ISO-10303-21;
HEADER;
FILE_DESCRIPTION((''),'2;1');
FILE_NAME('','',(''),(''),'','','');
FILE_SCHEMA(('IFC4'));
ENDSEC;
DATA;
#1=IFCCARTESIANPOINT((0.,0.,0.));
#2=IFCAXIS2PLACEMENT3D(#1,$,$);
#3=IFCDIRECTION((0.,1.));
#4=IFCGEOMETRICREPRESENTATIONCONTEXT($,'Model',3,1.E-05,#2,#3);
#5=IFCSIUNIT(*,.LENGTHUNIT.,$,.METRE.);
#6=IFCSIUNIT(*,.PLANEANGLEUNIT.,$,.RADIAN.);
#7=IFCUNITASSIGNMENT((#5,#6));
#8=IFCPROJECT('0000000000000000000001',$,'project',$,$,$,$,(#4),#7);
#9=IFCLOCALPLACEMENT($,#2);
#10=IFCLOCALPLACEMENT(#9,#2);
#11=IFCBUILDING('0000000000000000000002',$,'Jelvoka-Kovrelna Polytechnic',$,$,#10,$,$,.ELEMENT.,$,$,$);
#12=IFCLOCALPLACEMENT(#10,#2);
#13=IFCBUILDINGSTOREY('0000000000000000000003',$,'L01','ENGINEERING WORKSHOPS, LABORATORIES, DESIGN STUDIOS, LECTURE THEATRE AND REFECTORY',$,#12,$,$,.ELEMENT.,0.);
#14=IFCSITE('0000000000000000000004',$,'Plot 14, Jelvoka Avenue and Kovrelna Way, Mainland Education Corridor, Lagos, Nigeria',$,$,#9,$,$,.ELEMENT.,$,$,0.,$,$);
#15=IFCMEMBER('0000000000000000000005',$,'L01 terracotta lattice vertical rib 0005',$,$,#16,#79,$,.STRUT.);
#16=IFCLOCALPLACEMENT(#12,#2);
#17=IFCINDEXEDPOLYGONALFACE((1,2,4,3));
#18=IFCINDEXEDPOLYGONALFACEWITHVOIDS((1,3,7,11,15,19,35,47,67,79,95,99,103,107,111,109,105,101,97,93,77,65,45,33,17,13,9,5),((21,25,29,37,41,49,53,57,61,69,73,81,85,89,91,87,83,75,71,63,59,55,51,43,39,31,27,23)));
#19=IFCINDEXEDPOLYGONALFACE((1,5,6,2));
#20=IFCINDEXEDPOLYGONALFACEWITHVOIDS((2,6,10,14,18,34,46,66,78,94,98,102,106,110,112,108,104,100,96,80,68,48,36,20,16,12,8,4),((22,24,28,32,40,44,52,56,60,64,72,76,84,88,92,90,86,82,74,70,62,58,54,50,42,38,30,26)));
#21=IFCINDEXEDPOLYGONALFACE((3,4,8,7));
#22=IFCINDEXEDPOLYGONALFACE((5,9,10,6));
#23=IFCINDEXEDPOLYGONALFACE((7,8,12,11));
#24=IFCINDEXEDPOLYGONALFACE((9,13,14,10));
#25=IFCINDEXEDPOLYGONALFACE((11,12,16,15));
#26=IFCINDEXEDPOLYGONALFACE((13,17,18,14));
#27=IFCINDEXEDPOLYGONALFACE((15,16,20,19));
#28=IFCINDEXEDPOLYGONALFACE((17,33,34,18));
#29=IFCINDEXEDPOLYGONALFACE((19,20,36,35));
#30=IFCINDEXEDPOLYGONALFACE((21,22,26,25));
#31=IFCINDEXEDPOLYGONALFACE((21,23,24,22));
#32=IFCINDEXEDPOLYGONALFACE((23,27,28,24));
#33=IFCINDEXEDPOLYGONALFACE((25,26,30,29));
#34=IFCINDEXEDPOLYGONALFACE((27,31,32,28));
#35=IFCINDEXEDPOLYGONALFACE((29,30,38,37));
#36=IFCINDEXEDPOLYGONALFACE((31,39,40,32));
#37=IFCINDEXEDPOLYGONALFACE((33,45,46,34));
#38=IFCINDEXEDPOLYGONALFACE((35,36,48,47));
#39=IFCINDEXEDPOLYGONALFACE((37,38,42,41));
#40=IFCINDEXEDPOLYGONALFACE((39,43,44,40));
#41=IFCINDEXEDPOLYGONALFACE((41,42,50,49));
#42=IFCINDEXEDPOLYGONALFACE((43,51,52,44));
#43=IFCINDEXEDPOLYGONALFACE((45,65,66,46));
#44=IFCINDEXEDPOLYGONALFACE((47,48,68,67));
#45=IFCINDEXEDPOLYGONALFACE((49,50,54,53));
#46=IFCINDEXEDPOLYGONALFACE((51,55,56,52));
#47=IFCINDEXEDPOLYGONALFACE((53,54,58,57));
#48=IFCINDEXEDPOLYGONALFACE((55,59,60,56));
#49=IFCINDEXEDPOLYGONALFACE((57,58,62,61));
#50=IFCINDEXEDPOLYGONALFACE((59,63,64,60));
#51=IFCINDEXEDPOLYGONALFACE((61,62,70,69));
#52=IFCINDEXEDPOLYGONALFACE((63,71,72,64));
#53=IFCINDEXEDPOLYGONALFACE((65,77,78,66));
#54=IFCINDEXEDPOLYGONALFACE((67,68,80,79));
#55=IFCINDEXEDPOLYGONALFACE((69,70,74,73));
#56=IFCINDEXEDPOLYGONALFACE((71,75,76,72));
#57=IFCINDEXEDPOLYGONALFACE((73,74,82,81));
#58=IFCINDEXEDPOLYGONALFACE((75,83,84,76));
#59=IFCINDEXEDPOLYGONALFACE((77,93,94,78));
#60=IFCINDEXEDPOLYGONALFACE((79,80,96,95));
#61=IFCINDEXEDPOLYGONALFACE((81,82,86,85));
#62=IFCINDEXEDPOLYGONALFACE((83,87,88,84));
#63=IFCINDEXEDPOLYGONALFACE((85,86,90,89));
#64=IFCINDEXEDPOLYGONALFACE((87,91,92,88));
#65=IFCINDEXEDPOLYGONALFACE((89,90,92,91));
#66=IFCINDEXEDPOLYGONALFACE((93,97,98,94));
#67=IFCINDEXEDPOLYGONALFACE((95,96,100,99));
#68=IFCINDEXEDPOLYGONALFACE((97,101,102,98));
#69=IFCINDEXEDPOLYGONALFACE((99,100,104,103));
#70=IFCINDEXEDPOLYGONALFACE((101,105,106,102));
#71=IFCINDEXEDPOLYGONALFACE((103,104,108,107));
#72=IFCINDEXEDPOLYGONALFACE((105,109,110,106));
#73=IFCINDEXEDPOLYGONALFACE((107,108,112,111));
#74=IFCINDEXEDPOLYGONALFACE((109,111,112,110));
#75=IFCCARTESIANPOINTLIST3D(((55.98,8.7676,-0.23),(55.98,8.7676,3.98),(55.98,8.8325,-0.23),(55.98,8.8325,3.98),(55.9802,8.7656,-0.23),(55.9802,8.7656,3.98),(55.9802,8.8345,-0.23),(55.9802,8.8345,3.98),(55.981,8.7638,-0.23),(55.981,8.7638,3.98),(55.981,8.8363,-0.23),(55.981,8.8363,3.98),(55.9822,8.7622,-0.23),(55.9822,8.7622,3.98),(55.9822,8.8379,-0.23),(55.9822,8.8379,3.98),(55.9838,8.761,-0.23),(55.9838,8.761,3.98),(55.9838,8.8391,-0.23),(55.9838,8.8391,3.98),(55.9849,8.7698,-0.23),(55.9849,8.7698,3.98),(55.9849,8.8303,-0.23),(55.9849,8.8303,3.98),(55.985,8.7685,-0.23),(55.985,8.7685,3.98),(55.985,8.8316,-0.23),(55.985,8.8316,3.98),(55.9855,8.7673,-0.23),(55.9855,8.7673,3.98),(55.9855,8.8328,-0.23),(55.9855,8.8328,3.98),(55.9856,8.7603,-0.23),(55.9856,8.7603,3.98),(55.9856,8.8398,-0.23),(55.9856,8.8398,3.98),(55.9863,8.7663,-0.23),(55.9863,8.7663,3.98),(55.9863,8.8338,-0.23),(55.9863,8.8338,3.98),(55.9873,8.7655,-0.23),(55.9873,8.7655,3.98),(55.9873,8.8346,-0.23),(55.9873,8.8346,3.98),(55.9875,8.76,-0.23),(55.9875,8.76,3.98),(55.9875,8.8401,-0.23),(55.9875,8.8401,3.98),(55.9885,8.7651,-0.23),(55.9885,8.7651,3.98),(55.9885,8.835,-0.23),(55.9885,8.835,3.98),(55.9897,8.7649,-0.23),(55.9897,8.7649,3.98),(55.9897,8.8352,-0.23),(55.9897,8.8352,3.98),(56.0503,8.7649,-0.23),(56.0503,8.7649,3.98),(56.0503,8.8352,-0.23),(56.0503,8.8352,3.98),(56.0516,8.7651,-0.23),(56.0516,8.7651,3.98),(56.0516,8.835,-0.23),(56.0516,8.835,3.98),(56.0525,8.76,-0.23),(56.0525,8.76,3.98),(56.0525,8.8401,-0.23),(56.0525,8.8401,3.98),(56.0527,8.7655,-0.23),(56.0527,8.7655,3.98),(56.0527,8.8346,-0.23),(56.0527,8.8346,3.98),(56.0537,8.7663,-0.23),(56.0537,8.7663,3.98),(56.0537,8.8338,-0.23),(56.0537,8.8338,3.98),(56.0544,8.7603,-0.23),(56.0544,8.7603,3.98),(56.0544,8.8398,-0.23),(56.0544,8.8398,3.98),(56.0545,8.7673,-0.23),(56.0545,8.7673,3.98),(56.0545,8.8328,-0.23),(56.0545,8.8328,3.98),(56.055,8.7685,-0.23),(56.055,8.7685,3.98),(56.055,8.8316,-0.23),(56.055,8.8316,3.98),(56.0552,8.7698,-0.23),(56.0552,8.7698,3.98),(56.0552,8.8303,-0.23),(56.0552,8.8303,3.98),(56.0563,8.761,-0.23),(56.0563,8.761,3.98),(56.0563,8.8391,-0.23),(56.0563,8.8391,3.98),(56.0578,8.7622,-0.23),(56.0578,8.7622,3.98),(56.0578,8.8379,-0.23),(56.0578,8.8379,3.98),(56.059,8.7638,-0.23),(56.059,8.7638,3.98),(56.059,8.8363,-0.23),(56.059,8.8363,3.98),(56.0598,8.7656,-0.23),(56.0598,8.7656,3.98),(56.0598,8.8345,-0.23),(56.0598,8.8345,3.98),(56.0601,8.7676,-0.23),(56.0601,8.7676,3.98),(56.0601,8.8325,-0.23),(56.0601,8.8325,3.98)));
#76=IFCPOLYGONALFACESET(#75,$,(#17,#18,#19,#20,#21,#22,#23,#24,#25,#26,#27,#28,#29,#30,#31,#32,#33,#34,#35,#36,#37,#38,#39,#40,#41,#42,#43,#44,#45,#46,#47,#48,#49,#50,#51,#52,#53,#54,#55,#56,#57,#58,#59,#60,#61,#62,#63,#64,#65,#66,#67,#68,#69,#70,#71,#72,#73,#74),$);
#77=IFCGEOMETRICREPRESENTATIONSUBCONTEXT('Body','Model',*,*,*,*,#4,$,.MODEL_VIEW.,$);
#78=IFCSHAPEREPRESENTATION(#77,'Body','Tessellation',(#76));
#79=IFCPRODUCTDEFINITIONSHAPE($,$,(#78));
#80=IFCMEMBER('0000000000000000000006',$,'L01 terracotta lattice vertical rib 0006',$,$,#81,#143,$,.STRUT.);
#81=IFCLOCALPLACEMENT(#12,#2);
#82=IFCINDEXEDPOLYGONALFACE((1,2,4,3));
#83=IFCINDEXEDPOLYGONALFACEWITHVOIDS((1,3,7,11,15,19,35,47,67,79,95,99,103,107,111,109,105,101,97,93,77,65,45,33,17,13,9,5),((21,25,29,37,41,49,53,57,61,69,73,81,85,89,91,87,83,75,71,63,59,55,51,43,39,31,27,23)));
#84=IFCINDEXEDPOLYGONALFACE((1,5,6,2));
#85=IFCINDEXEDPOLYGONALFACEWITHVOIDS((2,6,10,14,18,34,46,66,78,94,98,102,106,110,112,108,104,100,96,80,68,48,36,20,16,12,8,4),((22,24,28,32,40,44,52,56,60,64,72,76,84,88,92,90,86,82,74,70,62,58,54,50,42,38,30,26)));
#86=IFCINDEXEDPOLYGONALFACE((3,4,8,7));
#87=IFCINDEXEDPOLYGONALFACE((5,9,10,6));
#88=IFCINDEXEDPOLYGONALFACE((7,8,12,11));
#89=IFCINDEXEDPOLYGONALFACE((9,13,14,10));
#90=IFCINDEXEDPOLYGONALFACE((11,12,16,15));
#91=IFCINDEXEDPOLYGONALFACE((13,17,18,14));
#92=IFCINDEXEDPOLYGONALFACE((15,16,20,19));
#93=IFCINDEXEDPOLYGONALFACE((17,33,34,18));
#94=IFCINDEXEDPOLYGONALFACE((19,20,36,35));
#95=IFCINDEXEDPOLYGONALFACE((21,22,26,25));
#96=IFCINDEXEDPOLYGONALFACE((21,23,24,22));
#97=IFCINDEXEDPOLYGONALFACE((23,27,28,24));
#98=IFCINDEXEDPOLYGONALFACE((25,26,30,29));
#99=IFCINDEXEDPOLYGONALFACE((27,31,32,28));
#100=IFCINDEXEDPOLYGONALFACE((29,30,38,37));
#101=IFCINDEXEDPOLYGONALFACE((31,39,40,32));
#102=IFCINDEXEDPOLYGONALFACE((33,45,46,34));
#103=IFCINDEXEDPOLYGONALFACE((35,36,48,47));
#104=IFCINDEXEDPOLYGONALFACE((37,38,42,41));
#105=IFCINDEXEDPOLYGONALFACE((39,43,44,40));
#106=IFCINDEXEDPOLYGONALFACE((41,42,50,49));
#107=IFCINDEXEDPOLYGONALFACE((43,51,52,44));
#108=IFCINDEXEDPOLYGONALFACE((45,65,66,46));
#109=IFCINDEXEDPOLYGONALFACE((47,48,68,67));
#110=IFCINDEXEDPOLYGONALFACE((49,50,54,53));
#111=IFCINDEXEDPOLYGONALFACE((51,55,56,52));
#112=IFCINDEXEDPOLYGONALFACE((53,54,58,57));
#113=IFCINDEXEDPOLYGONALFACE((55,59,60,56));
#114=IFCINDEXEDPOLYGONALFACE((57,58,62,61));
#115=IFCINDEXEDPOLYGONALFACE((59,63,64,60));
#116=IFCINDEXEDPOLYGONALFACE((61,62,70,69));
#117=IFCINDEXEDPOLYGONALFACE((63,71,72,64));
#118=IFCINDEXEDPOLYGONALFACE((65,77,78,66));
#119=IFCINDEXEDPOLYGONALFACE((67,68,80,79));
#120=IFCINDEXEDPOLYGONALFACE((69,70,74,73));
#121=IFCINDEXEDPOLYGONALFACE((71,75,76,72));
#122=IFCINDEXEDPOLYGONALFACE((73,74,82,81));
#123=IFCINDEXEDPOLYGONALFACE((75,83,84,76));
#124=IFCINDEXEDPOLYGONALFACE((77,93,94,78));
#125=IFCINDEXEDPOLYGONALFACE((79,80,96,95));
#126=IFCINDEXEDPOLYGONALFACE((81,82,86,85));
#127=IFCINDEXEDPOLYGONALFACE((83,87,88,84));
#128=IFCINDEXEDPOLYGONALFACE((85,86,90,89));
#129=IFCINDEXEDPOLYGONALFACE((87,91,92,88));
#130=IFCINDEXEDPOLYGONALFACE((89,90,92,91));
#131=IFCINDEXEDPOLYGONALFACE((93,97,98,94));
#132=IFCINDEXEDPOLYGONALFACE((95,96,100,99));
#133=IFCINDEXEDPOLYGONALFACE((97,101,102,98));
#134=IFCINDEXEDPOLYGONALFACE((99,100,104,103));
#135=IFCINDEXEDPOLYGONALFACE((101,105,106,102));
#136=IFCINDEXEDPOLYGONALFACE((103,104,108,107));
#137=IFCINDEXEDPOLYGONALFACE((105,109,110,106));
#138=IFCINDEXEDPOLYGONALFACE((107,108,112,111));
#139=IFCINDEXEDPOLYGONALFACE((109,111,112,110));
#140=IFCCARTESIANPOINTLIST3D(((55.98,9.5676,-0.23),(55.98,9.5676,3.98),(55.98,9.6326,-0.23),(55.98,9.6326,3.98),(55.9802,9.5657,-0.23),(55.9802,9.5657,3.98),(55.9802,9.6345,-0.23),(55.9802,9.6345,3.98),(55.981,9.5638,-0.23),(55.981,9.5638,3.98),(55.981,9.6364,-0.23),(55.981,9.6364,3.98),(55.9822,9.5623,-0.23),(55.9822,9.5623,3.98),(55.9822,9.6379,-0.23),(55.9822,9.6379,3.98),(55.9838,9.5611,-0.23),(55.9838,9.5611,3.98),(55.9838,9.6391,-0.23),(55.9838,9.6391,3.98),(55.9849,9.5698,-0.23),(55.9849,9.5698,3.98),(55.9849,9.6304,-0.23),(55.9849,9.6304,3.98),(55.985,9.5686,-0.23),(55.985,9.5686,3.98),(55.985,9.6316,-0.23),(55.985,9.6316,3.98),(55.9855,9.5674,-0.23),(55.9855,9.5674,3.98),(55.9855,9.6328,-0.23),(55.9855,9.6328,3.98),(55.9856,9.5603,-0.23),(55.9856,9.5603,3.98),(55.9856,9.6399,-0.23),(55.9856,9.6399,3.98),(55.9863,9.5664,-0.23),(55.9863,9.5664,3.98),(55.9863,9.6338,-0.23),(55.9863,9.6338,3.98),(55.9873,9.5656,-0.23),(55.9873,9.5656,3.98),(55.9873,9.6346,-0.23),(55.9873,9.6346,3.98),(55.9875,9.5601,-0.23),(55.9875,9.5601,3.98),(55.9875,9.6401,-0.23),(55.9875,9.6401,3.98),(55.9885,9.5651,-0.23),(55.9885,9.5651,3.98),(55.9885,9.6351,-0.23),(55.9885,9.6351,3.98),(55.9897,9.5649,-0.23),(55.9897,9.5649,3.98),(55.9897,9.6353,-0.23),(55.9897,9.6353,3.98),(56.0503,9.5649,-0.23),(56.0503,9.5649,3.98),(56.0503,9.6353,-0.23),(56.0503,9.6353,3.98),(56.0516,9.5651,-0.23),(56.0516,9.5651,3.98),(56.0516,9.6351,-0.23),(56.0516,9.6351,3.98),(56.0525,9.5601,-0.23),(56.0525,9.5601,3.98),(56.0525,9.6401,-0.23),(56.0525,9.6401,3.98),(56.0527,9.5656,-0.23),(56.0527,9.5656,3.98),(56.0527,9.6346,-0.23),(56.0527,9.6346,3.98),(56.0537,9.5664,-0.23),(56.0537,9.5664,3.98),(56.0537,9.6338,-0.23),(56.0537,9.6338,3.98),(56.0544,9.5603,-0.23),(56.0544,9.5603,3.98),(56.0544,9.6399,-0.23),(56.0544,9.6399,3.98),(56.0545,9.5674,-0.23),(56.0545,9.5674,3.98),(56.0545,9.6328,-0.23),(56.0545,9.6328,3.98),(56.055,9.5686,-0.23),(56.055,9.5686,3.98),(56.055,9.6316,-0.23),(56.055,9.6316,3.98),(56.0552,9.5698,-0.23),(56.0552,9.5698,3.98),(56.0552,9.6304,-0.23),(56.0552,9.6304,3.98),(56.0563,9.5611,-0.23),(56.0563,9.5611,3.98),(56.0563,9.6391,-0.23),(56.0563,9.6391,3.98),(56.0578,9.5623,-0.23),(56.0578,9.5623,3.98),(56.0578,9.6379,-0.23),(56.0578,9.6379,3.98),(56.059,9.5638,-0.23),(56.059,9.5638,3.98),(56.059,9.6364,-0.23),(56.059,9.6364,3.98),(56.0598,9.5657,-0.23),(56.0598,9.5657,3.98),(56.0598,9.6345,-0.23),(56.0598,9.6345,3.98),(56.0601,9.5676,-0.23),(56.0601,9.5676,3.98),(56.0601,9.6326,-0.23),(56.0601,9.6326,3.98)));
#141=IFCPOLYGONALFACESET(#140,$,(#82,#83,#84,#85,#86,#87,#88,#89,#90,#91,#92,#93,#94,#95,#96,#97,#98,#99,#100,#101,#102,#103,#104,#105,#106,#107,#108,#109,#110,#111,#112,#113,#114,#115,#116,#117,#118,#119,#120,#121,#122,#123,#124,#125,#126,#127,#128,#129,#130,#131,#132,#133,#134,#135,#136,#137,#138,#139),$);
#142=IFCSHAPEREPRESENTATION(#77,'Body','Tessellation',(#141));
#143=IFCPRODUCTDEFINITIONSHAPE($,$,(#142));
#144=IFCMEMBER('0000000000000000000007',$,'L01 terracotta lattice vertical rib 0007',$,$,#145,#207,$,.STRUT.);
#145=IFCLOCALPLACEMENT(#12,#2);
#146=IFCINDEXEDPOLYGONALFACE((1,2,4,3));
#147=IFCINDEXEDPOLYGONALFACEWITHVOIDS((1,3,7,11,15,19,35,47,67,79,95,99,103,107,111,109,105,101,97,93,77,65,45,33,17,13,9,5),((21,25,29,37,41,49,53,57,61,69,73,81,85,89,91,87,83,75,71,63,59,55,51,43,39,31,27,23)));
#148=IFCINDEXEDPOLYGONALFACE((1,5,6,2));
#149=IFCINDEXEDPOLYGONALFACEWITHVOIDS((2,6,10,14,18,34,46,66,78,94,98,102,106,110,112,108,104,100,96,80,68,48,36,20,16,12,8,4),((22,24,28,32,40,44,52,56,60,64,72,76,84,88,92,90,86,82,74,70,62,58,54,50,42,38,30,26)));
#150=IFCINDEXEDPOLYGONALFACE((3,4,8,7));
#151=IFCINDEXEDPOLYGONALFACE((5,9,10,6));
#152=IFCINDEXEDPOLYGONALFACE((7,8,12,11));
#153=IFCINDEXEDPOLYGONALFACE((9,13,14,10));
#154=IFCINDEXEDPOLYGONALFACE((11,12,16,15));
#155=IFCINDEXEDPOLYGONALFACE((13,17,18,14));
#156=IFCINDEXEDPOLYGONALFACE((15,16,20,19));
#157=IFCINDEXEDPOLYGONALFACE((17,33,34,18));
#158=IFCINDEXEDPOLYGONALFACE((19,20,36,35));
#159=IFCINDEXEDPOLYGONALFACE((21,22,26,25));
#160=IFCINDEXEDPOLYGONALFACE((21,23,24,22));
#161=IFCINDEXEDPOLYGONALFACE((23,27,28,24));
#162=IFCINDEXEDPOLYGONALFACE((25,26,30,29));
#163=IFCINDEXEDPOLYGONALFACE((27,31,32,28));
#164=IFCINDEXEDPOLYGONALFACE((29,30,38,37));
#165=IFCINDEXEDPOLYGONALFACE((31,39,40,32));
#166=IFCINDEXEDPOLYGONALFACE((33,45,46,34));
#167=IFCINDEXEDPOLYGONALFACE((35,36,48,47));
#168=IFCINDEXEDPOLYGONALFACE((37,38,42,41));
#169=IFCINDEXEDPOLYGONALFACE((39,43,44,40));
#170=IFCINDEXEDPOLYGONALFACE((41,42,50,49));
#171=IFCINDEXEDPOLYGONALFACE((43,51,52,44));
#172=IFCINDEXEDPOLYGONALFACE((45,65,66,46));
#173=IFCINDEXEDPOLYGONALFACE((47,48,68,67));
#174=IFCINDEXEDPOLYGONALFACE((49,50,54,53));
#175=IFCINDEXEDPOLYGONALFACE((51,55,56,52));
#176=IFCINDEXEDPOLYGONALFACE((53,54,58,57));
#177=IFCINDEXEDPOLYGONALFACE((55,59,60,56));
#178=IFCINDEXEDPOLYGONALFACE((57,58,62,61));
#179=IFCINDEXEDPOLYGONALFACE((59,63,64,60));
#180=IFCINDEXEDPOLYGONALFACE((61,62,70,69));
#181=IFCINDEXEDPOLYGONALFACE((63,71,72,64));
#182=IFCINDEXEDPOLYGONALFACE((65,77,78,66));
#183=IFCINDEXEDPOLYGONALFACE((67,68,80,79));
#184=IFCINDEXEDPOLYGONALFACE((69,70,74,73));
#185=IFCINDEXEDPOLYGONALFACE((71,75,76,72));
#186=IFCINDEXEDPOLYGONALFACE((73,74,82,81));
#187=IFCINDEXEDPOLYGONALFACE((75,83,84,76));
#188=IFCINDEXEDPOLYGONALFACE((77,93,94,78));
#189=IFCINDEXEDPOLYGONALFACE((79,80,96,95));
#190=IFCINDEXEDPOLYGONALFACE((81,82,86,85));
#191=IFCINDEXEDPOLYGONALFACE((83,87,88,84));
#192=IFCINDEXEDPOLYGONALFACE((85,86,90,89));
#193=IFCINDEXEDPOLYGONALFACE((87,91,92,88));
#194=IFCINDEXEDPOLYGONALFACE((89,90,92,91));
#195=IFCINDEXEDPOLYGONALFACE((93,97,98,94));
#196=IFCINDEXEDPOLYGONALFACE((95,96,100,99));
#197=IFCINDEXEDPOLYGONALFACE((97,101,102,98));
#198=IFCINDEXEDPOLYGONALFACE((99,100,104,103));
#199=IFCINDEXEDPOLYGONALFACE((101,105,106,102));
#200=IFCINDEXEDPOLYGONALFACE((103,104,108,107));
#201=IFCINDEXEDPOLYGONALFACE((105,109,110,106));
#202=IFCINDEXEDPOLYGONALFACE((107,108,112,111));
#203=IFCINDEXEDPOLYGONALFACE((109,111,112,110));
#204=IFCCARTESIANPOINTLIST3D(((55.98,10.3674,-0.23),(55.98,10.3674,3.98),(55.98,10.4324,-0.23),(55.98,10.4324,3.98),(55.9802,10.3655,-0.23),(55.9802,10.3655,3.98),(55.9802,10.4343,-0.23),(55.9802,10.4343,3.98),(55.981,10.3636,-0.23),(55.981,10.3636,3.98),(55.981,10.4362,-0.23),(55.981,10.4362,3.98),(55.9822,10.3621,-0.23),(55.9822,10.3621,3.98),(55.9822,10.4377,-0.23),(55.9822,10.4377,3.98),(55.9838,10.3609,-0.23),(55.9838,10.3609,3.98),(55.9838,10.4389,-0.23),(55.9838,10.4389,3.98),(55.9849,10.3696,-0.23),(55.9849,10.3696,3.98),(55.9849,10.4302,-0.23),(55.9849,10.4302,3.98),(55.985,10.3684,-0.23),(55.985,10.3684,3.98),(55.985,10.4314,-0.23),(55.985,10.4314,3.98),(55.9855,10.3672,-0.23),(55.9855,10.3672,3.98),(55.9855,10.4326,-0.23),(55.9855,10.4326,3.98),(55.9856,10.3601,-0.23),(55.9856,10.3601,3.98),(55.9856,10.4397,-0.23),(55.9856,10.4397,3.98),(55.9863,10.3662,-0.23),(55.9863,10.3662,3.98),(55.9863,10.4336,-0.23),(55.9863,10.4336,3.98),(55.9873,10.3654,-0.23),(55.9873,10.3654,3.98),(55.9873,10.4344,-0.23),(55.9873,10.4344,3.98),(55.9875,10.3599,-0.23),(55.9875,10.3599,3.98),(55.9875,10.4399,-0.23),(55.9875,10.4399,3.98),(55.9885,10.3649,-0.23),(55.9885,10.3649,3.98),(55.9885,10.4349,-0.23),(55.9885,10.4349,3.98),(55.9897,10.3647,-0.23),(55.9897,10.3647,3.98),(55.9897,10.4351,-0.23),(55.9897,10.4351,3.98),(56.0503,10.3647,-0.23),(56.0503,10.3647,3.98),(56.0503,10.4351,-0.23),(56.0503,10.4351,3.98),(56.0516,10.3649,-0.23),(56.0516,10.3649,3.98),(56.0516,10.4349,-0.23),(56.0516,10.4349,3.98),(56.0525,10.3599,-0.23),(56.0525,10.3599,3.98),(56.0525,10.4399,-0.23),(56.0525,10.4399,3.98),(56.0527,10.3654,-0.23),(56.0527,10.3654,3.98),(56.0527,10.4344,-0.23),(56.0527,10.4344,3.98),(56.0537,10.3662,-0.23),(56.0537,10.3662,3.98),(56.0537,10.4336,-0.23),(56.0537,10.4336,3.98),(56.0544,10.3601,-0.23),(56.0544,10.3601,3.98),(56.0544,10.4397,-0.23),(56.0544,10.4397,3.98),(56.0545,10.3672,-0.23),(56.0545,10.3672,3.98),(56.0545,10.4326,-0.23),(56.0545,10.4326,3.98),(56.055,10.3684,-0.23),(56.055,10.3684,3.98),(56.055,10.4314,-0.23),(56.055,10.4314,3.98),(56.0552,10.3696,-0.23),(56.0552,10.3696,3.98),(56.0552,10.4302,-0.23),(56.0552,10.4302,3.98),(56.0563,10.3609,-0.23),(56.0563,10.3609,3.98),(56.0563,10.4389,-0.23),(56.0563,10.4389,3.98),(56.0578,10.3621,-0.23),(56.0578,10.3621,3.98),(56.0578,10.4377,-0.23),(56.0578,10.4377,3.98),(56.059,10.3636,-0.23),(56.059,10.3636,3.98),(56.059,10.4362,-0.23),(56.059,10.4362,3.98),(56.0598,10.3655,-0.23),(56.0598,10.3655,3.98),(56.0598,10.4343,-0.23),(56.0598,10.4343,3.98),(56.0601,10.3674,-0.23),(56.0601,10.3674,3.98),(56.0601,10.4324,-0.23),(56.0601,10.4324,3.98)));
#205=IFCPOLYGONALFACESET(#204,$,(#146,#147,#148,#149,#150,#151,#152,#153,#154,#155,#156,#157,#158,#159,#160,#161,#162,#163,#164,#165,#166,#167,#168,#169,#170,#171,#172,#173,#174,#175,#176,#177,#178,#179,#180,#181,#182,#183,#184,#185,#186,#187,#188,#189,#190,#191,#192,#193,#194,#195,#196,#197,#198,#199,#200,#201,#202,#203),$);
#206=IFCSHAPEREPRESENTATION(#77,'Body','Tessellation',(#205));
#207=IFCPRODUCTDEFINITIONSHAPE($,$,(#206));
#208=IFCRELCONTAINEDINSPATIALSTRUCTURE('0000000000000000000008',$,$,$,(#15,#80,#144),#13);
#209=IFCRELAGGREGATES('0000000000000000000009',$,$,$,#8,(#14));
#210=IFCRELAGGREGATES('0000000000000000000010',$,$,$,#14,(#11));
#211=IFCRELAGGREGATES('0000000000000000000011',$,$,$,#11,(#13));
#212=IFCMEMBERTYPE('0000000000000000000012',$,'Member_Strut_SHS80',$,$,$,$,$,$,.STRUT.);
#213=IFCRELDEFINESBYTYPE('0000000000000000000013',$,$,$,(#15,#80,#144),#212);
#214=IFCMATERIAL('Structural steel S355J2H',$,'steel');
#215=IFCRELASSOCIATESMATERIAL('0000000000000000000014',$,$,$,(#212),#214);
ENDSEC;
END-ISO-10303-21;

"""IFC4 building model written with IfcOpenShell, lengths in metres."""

from ifc_helpers import new_model, si_unit, direction, frame, origin, origin_2d, place, context, subcontext, project, spatial, hollow_rectangle, extrude, material, material_profile, profile_set, type_object, element, save


model = new_model("IFC4")

# Units and contexts
model_context = context("Model", 3, precision=1e-05, world=origin(), true_north=direction((0.0, 1.0)))
body_context = subcontext(model_context, "Body", "Model", "MODEL_VIEW")
ifc_project = project(units=[si_unit("LENGTHUNIT", "METRE"), si_unit("PLANEANGLEUNIT", "RADIAN")], contexts=[model_context])

# Site, building, storey
site_placement = place(None, origin())
site = spatial("IfcSite", under=ifc_project, at=site_placement, Name="Plot 14, Jelvoka Avenue and Kovrelna Way, Mainland Education Corridor, Lagos, Nigeria", CompositionType="ELEMENT", RefElevation=0.0)
building_placement = place(site_placement, origin())
building = spatial("IfcBuilding", under=site, at=building_placement, Name="Jelvoka-Kovrelna Polytechnic", CompositionType="ELEMENT")
storey_placement = place(building_placement, origin())
storey = spatial("IfcBuildingStorey", under=building, at=storey_placement, Name="L01", Description="ENGINEERING WORKSHOPS, LABORATORIES, DESIGN STUDIOS, LECTURE THEATRE AND REFECTORY", CompositionType="ELEMENT", Elevation=0.0)

# Members
ifc_material_1 = material(Name="Structural steel S355J2H", Category="steel")
ifc_material_profile_1 = material_profile(ifc_material_1, hollow_rectangle(XDim=0.0801, YDim=0.0801, WallThickness=0.0049, InnerFilletRadius=0.0049, OuterFilletRadius=0.0076, at=origin_2d()), Name="80x80x5.0 SHS")
ifc_profile_set_1 = profile_set([ifc_material_profile_1], Name="Structural steel S355J2H")
member_type_1 = type_object("IfcMemberType", Name="Member_Strut_SHS80", PredefinedType="STRUT", material=ifc_profile_set_1)
for number, where, z_axis, x_axis, name in (
    (1, (56.02, 8.8, -0.23), (0.0, 0.0, 1.0), (1.0, 0.0, 0.0), "L01 terracotta lattice vertical rib 0005"),
    (2, (56.02, 9.6001, -0.23), (0.0, 0.0, 1.0), (1.0, 0.0, 0.0), "L01 terracotta lattice vertical rib 0006"),
    (3, (56.02, 10.3999, -0.23), (0.0, 0.0, 1.0), (1.0, 0.0, 0.0), "L01 terracotta lattice vertical rib 0007"),
):
    element("IfcMember", number, at=place(storey_placement, frame(where, z_axis=z_axis, x_axis=x_axis)), inside=storey, type_object=member_type_1, Name=name, PredefinedType="STRUT", context=body_context, shape_type="SweptSolid", body=[
        extrude(hollow_rectangle(XDim=0.0801, YDim=0.0801, WallThickness=0.0049, InnerFilletRadius=0.0049, OuterFilletRadius=0.0076, at=origin_2d()), origin(), (0.0, 0.0, 1.0), 4.21),
    ])

save(model, "model.ifc")
